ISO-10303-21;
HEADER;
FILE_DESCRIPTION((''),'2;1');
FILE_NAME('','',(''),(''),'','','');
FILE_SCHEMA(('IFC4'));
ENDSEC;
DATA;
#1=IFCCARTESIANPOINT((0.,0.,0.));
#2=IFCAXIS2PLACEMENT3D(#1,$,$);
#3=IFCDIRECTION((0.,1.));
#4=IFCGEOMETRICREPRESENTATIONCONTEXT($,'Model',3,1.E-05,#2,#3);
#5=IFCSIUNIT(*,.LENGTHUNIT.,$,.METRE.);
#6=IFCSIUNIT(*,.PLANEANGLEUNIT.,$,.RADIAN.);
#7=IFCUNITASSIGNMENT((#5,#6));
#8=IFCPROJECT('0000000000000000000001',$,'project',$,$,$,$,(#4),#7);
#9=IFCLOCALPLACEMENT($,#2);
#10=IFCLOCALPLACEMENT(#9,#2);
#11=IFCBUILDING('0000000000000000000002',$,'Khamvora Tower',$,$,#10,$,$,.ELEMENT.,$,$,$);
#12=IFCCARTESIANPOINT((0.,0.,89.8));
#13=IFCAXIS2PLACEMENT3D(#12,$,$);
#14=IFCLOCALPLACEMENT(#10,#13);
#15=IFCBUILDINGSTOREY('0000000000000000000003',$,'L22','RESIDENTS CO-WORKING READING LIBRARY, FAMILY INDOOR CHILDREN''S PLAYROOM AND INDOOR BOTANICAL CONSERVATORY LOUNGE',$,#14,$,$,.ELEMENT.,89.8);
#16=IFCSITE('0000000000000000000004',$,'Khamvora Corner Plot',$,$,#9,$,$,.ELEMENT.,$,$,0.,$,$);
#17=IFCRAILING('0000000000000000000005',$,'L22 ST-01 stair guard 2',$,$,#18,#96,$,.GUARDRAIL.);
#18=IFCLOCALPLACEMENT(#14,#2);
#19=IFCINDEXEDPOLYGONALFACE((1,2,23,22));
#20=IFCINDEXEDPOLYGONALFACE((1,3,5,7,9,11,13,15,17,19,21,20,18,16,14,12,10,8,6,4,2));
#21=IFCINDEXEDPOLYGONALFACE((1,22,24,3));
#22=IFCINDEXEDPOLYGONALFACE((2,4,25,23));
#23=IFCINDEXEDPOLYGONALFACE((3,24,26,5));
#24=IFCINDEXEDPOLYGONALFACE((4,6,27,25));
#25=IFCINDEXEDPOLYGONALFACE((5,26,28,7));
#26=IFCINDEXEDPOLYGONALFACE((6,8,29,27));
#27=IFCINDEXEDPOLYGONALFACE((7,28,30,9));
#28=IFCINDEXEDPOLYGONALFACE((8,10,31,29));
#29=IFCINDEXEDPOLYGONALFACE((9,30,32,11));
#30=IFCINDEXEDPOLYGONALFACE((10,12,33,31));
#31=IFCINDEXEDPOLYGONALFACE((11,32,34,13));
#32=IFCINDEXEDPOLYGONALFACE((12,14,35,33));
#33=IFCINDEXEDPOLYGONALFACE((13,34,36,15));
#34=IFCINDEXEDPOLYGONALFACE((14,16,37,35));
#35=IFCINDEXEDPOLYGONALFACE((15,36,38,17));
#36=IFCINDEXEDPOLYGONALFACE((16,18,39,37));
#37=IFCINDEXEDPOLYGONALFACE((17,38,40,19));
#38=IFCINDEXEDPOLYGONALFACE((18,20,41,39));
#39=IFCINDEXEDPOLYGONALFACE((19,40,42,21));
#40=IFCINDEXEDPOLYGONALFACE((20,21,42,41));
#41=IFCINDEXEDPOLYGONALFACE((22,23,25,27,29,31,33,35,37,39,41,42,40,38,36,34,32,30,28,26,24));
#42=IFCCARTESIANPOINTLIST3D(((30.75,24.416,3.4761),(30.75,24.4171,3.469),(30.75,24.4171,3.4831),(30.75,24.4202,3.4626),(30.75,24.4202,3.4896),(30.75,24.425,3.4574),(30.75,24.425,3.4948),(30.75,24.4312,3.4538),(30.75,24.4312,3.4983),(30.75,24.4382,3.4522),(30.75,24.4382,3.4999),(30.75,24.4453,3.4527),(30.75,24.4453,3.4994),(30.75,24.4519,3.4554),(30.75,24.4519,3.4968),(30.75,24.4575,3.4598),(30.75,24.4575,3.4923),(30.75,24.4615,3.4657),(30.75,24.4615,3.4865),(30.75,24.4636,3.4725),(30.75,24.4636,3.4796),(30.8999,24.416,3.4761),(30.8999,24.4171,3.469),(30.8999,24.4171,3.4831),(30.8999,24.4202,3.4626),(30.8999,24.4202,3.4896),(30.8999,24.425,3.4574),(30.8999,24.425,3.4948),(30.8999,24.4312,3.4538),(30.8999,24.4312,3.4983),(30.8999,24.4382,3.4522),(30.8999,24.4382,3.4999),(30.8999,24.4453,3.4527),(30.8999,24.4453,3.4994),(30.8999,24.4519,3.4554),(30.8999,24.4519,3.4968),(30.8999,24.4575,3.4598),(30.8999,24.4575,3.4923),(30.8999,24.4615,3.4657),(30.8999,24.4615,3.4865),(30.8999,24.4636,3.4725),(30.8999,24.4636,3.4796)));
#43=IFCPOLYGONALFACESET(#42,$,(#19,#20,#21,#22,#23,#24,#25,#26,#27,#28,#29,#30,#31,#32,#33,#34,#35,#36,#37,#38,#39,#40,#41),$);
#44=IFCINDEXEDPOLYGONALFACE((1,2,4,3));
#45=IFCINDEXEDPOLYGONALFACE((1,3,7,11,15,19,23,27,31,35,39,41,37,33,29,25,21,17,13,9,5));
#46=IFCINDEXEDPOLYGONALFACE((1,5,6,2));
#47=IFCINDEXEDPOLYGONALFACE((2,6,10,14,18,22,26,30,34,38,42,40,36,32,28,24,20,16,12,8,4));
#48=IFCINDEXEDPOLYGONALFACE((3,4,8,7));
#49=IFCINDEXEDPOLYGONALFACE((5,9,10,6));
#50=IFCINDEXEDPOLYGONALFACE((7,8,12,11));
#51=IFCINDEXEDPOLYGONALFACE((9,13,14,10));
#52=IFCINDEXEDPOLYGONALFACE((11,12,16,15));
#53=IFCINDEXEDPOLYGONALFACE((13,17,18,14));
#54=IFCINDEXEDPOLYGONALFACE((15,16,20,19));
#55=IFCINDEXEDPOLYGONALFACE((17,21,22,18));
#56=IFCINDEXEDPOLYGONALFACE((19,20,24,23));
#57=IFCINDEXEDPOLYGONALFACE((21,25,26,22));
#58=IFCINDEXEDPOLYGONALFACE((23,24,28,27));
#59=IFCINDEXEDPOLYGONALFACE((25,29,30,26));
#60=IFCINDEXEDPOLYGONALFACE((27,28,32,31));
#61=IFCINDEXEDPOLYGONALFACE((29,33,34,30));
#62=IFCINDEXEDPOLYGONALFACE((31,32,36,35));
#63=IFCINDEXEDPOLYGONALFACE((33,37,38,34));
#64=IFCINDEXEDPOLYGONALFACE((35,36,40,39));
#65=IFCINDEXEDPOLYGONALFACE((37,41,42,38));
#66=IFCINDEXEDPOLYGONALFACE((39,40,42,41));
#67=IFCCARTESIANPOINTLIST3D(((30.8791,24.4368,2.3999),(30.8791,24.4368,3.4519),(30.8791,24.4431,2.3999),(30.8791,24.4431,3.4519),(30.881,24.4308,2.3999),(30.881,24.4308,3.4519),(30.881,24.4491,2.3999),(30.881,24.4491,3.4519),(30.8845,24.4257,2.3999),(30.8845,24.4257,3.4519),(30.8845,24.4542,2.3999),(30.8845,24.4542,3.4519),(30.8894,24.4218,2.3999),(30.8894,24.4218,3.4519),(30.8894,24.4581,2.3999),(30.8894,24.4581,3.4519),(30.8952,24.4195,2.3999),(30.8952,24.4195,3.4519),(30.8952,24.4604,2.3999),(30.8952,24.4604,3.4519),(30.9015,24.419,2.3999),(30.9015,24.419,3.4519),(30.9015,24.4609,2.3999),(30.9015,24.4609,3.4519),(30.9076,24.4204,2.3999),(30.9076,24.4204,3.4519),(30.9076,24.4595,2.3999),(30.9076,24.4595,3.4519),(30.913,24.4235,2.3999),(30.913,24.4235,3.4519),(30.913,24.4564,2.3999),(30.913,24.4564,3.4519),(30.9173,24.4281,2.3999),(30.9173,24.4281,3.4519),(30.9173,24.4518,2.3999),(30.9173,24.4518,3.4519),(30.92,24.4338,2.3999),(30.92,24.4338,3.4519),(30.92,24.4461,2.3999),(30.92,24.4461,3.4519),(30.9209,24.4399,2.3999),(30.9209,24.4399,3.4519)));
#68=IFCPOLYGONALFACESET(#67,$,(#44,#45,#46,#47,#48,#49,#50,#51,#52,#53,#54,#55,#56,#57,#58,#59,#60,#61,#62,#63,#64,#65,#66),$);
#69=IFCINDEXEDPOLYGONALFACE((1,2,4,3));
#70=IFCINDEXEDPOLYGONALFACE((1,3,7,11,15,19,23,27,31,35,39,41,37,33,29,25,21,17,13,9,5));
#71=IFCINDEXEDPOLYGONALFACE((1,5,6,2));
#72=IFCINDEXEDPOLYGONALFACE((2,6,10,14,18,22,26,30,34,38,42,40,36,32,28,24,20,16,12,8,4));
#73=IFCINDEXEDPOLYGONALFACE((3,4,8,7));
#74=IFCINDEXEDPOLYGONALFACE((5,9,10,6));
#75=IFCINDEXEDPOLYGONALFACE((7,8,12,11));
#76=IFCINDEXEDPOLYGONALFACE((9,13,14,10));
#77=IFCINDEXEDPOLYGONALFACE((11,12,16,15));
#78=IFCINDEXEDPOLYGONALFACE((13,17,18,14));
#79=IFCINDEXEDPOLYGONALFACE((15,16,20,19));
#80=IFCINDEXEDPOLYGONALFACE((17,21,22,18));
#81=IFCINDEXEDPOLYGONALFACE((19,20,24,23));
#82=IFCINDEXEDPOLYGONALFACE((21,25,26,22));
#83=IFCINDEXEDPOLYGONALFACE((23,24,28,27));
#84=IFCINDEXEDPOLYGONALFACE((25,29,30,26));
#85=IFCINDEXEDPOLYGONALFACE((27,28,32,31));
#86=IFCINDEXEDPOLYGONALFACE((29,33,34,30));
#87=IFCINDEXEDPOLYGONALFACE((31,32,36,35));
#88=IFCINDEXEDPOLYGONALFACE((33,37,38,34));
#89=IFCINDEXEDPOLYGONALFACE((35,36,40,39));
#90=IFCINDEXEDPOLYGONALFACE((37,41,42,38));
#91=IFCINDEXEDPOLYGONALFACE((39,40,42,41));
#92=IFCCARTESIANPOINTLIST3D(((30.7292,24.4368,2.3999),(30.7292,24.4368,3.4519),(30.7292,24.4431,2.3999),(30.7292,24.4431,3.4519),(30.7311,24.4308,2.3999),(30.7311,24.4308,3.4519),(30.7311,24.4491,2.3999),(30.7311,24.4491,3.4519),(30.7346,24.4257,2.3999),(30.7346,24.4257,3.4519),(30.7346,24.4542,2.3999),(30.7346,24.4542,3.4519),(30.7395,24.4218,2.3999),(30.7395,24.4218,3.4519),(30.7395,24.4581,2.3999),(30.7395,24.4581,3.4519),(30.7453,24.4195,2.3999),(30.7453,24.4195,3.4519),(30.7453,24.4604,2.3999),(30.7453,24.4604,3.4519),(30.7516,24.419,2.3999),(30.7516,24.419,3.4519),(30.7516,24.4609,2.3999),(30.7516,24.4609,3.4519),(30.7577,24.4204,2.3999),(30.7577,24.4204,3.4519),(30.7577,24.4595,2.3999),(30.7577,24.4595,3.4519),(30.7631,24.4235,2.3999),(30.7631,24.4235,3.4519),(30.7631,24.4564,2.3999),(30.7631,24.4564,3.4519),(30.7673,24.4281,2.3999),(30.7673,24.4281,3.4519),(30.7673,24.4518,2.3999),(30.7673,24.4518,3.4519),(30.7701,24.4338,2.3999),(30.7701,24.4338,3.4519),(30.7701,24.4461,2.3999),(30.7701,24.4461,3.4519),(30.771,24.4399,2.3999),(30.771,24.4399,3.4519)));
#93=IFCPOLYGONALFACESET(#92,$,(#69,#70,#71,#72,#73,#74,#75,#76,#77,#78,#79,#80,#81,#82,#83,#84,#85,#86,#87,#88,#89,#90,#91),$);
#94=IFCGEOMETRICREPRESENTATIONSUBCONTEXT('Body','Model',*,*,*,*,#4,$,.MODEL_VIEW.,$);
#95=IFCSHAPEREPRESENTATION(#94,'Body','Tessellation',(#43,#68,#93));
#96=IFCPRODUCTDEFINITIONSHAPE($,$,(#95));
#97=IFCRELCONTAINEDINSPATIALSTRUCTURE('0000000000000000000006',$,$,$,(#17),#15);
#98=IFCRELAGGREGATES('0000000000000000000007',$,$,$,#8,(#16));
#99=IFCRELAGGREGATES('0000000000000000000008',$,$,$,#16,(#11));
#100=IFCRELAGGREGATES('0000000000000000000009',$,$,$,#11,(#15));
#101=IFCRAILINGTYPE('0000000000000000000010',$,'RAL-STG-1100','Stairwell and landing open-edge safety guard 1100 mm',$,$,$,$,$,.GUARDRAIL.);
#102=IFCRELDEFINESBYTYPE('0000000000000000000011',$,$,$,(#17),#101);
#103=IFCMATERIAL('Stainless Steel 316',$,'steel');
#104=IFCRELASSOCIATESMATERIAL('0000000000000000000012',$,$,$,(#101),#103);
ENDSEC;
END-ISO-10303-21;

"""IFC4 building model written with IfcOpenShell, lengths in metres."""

from ifc_helpers import new_model, si_unit, direction, frame, origin, origin_2d, place, context, subcontext, project, spatial, circle, extrude, material, type_object, element, save


model = new_model("IFC4")

# Units and contexts
model_context = context("Model", 3, precision=1e-05, world=origin(), true_north=direction((0.0, 1.0)))
body_context = subcontext(model_context, "Body", "Model", "MODEL_VIEW")
ifc_project = project(units=[si_unit("LENGTHUNIT", "METRE"), si_unit("PLANEANGLEUNIT", "RADIAN")], contexts=[model_context])

# Site, building, storey
site_placement = place(None, origin())
site = spatial("IfcSite", under=ifc_project, at=site_placement, Name="Khamvora Corner Plot", CompositionType="ELEMENT", RefElevation=0.0)
building_placement = place(site_placement, origin())
building = spatial("IfcBuilding", under=site, at=building_placement, Name="Khamvora Tower", CompositionType="ELEMENT")
storey_placement = place(building_placement, frame((0.0, 0.0, 89.8)))
storey = spatial("IfcBuildingStorey", under=building, at=storey_placement, Name="L22", Description="RESIDENTS CO-WORKING READING LIBRARY, FAMILY INDOOR CHILDREN'S PLAYROOM AND INDOOR BOTANICAL CONSERVATORY LOUNGE", CompositionType="ELEMENT", Elevation=89.8)

# Railing
ifc_material_1 = material(Name="Stainless Steel 316", Category="steel")
railing_type_1 = type_object("IfcRailingType", Name="RAL-STG-1100", Description="Stairwell and landing open-edge safety guard 1100 mm", PredefinedType="GUARDRAIL", material=ifc_material_1)
railing_1_placement = place(storey_placement, frame((30.8999, 24.4399, 2.3999)))
element("IfcRailing", 1, at=railing_1_placement, inside=storey, type_object=railing_type_1, Name="L22 ST-01 stair guard 2", PredefinedType="GUARDRAIL", context=body_context, shape_type="SweptSolid", body=[
    extrude(circle(Radius=0.0239, at=origin_2d()), frame((0.0, 0.0, 1.0762), z_axis=(-1.0, 0.0, 0.0), x_axis=(0.0, -1.0, 0.0)), (0.0, 0.0, 1.0), 0.1499),
    extrude(circle(Radius=0.021, at=origin_2d()), origin(), (0.0, 0.0, 1.0), 1.052),
    extrude(circle(Radius=0.021, at=origin_2d()), frame((-0.1499, 0.0, 0.0)), (0.0, 0.0, 1.0), 1.052),
])

save(model, "model.ifc")
